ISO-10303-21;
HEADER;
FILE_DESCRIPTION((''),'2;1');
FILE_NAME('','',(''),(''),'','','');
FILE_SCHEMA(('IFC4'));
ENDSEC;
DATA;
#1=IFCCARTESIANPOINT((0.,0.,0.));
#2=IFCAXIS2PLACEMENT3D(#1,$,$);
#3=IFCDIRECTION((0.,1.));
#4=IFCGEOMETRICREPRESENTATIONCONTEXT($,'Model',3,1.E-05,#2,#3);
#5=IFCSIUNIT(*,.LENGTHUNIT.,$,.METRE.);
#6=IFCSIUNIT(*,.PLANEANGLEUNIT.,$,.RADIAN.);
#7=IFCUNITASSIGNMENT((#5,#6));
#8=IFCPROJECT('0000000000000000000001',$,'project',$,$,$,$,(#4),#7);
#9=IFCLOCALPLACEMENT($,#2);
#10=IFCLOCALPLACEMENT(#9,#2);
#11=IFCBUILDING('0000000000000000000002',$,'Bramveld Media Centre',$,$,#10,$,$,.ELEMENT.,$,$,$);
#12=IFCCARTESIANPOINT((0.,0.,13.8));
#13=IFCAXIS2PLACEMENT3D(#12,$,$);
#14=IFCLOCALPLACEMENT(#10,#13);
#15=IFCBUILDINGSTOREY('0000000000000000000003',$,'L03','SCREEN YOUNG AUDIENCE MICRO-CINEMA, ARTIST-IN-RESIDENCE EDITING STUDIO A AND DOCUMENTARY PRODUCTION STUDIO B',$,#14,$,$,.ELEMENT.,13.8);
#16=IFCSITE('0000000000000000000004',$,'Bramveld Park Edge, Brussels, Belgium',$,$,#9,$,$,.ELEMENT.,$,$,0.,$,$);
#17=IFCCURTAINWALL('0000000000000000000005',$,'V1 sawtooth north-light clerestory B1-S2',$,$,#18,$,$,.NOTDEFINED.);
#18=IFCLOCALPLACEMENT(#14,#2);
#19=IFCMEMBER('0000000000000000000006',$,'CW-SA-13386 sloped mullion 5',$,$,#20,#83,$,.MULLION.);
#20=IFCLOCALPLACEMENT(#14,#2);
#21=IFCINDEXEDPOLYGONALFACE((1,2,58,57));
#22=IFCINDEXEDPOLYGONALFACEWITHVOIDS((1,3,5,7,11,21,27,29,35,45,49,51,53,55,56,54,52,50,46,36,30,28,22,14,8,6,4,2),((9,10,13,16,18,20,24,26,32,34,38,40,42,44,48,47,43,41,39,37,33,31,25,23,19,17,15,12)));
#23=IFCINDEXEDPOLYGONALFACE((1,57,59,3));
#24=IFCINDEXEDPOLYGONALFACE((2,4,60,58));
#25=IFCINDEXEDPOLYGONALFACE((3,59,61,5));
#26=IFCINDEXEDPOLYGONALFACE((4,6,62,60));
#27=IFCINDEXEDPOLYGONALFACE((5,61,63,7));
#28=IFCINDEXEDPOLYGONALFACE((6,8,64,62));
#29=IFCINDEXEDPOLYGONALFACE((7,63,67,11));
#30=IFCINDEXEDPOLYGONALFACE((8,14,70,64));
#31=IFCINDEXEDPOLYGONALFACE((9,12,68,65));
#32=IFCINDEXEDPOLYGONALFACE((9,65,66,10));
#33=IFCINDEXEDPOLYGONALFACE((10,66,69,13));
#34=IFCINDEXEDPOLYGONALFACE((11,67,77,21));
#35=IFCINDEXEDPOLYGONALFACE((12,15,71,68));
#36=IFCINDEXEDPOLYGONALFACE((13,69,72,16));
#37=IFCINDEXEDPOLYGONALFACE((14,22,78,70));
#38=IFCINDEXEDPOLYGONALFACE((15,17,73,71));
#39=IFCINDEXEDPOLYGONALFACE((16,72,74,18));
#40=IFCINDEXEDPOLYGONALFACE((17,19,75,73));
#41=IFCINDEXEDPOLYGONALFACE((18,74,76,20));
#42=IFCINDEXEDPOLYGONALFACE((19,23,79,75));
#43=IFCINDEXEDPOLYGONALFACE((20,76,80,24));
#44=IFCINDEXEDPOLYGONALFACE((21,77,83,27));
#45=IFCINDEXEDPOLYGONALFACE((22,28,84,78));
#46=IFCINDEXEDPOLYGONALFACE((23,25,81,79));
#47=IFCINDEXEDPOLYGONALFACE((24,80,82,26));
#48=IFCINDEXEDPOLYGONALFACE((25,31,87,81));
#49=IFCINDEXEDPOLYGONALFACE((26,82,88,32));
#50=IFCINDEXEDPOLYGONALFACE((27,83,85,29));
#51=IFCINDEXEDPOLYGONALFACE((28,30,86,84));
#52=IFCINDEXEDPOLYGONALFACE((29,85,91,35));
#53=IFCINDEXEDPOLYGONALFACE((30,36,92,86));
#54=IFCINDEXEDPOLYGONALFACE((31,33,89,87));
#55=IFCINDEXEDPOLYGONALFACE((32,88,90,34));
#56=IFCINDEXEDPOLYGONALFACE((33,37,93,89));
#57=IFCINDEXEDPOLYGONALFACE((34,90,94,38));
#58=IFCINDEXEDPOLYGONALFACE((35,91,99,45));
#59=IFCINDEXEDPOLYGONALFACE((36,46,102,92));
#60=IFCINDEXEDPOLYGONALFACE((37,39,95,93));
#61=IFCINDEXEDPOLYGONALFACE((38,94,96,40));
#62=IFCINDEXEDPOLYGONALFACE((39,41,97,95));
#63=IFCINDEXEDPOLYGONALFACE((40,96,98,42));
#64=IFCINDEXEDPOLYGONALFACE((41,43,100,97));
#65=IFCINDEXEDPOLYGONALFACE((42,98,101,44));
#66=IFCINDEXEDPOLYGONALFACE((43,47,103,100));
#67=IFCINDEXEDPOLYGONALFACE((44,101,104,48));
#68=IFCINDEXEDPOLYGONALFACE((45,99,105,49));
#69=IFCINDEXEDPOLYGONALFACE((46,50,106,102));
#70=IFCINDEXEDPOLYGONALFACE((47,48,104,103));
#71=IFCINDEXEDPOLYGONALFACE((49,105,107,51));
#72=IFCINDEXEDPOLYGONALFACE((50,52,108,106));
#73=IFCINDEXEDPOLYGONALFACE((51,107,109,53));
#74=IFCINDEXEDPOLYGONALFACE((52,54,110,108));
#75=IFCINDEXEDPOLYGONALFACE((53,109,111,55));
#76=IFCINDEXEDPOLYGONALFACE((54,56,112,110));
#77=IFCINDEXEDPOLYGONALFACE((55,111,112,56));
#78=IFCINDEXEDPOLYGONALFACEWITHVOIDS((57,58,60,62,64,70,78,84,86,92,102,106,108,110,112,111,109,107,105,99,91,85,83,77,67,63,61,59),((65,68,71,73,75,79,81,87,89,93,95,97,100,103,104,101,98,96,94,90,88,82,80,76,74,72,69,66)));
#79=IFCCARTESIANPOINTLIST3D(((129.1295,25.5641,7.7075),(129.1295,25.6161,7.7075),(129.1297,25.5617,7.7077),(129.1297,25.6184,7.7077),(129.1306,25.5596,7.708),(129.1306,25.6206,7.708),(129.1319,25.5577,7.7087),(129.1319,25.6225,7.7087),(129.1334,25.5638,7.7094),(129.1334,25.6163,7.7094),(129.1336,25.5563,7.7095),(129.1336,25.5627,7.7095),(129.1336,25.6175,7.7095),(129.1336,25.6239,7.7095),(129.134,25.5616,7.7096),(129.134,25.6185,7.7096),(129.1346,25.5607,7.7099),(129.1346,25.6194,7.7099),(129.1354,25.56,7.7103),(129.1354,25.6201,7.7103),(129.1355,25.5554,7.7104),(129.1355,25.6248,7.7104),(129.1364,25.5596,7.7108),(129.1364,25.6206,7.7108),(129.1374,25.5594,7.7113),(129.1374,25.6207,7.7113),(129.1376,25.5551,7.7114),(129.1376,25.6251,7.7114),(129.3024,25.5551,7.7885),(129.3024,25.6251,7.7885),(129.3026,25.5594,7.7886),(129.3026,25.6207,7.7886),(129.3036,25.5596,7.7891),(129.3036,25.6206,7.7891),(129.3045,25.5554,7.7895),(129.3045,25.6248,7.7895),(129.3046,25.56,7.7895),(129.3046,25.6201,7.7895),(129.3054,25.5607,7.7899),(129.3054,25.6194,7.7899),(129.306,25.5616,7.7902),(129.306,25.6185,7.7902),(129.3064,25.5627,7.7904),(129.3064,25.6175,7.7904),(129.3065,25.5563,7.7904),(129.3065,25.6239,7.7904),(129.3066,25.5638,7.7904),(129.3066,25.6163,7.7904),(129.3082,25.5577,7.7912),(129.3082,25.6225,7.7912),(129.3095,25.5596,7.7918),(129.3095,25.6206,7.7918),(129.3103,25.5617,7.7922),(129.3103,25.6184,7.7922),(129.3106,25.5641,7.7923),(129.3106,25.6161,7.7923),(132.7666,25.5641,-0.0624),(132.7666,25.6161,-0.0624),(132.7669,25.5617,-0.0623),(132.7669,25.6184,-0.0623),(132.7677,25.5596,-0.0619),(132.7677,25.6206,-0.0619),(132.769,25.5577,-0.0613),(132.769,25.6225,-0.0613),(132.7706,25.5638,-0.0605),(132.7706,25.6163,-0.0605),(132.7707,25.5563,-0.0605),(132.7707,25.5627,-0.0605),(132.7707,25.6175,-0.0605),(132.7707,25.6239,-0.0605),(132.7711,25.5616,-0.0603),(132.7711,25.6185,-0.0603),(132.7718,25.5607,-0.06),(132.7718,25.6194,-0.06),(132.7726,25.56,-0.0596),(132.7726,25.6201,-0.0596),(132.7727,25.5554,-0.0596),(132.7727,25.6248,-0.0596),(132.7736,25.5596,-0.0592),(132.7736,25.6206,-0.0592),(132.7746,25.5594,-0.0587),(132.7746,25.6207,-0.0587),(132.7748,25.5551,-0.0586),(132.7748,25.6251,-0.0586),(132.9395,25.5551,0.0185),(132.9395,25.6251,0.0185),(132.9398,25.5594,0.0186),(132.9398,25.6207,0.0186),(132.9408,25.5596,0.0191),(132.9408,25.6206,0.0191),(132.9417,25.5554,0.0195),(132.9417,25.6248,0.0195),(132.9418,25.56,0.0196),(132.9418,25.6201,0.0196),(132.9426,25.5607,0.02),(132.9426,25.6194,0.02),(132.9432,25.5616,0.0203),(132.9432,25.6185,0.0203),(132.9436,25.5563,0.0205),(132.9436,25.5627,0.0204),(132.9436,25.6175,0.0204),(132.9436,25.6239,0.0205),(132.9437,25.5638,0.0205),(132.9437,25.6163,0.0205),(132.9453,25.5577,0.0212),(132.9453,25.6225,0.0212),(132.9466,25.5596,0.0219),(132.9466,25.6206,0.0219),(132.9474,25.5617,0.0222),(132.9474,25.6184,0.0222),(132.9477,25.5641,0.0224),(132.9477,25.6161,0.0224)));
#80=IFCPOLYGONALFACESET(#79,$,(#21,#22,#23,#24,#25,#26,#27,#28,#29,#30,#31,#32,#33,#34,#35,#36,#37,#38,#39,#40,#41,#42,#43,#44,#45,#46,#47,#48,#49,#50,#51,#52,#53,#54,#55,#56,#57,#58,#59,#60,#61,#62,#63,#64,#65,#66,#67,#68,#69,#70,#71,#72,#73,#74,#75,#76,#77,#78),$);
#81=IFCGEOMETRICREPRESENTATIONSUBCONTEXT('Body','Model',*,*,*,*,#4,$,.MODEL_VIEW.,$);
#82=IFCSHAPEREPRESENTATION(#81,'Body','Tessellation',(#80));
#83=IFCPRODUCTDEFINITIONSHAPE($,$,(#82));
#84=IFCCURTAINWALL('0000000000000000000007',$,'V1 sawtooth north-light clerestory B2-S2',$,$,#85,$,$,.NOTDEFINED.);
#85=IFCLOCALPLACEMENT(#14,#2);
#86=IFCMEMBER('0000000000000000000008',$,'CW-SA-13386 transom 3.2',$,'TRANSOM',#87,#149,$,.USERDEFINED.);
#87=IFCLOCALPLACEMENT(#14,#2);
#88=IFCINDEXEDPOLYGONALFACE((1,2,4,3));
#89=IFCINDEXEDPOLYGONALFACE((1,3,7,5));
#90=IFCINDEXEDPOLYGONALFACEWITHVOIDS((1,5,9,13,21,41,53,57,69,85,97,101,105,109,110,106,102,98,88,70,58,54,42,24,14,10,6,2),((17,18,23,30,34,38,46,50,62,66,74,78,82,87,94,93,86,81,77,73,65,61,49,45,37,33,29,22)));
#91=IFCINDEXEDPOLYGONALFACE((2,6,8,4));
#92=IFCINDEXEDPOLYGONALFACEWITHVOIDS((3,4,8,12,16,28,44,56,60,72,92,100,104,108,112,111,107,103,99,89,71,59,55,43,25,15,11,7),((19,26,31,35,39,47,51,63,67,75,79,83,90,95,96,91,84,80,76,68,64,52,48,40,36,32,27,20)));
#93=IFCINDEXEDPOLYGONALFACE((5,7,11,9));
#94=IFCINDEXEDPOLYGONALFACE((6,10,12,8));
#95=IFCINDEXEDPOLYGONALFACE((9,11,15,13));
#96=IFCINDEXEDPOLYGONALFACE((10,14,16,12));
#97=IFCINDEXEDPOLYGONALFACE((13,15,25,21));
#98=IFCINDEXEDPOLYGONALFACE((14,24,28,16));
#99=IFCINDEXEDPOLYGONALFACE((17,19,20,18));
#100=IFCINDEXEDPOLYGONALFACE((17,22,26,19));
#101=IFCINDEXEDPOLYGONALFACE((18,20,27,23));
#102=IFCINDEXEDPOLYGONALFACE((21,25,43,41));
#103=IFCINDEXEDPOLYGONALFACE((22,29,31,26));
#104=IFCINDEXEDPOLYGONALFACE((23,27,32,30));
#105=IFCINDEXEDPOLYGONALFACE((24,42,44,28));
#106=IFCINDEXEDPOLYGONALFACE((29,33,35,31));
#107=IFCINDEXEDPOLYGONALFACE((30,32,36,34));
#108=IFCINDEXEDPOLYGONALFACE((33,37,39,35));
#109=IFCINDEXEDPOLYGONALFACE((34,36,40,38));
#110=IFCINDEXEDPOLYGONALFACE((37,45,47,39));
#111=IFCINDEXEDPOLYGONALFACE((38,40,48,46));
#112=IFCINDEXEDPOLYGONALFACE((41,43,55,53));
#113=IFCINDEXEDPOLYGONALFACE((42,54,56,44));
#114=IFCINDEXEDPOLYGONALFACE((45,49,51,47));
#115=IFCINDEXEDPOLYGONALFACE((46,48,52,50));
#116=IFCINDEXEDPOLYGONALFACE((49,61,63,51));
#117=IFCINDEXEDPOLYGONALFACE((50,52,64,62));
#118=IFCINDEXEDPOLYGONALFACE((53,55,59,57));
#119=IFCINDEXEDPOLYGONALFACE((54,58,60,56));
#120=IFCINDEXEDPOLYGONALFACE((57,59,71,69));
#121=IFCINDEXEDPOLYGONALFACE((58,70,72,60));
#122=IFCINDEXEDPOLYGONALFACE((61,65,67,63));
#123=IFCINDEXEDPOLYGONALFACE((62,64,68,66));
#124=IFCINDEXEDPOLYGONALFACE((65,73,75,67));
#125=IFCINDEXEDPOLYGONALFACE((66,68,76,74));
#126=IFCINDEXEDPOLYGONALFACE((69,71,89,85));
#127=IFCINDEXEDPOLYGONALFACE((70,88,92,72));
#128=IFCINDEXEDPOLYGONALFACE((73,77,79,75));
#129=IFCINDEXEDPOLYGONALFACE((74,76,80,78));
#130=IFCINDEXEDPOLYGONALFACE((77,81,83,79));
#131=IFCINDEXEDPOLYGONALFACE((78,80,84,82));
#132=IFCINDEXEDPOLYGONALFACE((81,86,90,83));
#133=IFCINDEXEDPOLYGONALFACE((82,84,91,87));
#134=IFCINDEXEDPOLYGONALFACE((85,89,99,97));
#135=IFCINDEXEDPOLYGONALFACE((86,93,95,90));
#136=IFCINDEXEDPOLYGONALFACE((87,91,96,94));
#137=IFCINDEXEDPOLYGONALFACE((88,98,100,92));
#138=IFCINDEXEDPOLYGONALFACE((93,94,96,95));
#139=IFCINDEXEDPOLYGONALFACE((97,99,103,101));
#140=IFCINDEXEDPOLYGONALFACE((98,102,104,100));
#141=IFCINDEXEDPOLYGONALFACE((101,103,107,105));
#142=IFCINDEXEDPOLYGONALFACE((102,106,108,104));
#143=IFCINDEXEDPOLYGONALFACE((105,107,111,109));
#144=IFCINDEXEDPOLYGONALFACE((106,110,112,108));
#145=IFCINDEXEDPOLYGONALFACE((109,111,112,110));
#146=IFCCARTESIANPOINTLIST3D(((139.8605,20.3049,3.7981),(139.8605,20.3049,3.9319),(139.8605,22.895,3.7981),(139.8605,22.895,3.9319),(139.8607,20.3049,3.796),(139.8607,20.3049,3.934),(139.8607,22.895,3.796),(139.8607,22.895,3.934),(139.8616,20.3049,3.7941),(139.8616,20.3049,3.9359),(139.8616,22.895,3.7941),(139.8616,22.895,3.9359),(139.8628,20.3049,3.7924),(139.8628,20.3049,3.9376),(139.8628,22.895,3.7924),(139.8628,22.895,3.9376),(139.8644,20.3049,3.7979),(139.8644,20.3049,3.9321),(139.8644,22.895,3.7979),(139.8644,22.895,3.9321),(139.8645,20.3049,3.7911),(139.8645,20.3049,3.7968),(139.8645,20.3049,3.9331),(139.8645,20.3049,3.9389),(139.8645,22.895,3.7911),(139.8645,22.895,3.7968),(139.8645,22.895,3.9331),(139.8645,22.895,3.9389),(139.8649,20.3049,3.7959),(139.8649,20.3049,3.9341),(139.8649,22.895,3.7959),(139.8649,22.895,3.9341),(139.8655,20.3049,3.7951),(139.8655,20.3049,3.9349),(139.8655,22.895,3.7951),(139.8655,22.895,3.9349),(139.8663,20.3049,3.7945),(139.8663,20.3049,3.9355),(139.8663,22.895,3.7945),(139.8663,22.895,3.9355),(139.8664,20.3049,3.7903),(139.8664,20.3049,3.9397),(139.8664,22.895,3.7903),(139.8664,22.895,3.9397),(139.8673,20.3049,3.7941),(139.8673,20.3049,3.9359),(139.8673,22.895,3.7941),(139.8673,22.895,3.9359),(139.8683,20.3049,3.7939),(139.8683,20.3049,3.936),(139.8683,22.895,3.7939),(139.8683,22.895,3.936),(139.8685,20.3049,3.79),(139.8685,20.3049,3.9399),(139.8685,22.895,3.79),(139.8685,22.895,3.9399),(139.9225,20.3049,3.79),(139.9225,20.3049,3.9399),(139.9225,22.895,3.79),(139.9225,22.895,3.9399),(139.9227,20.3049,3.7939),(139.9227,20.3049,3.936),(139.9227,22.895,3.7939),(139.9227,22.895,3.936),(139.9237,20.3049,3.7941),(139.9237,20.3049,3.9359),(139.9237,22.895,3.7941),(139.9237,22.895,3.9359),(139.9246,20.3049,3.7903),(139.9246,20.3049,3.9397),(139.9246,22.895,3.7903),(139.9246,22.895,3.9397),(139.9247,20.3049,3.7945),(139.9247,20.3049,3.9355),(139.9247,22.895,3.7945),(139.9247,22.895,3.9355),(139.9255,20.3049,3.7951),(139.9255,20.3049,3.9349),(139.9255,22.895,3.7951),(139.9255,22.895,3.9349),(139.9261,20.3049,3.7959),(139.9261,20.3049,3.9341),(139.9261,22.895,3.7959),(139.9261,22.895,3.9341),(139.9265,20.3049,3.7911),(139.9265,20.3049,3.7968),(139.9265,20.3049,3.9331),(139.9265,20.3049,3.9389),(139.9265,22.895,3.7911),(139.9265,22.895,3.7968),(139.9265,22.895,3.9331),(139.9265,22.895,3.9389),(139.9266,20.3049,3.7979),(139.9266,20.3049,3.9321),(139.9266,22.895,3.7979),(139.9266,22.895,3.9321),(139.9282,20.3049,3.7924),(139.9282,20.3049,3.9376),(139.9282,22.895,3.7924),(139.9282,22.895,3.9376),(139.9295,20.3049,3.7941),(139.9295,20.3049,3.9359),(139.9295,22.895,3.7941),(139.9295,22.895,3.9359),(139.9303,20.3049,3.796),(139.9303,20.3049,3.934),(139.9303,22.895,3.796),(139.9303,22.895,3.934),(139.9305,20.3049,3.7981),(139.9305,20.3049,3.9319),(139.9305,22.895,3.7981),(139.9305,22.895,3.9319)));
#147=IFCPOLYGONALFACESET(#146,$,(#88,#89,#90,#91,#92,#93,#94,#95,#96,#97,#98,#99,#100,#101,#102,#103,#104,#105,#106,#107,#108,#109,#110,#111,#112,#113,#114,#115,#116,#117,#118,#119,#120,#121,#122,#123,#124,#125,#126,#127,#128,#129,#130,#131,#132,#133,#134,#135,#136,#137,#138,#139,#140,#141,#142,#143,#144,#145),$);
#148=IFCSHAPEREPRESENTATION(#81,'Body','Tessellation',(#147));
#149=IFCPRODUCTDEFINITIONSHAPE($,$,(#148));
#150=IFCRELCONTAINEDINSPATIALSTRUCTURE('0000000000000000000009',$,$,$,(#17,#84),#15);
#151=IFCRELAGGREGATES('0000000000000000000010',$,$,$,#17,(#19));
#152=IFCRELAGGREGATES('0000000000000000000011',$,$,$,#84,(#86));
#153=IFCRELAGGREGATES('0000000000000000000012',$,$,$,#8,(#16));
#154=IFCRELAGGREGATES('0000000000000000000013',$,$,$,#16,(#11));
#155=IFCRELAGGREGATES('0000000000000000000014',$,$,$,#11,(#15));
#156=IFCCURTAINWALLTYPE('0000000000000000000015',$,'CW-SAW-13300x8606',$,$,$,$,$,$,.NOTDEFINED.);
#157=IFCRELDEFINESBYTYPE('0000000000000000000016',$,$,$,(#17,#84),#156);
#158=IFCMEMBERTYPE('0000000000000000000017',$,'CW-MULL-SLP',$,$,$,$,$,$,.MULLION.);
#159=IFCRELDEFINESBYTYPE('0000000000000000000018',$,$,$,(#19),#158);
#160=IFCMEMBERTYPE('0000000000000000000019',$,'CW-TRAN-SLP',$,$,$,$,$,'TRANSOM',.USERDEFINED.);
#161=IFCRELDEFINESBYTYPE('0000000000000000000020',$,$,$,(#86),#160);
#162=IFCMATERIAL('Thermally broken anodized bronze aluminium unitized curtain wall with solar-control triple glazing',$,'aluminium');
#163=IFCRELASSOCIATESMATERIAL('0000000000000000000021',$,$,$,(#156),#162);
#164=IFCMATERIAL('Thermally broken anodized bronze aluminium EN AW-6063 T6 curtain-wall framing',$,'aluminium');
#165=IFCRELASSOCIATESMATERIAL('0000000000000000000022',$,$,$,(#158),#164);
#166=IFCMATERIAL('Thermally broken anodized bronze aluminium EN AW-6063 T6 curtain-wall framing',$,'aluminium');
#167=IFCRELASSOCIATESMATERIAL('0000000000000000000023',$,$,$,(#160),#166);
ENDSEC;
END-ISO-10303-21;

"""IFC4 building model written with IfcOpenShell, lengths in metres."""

from ifc_helpers import new_model, si_unit, direction, frame, origin, origin_2d, place, context, subcontext, project, spatial, hollow_rectangle, extrude, material, material_profile, profile_set, type_object, element, aggregate, save


model = new_model("IFC4")

# Units and contexts
model_context = context("Model", 3, precision=1e-05, world=origin(), true_north=direction((0.0, 1.0)))
body_context = subcontext(model_context, "Body", "Model", "MODEL_VIEW")
ifc_project = project(units=[si_unit("LENGTHUNIT", "METRE"), si_unit("PLANEANGLEUNIT", "RADIAN")], contexts=[model_context])

# Site, building, storey
site_placement = place(None, origin())
site = spatial("IfcSite", under=ifc_project, at=site_placement, Name="Bramveld Park Edge, Brussels, Belgium", CompositionType="ELEMENT", RefElevation=0.0)
building_placement = place(site_placement, origin())
building = spatial("IfcBuilding", under=site, at=building_placement, Name="Bramveld Media Centre", CompositionType="ELEMENT")
storey_placement = place(building_placement, frame((0.0, 0.0, 13.8)))
storey = spatial("IfcBuildingStorey", under=building, at=storey_placement, Name="L03", Description="SCREEN YOUNG AUDIENCE MICRO-CINEMA, ARTIST-IN-RESIDENCE EDITING STUDIO A AND DOCUMENTARY PRODUCTION STUDIO B", CompositionType="ELEMENT", Elevation=13.8)

# Curtain walls, members
ifc_material_1 = material(Name="Thermally broken anodized bronze aluminium unitized curtain wall with solar-control triple glazing", Category="aluminium")
curtain_wall_type = type_object("IfcCurtainWallType", Name="CW-SAW-13300x8606", PredefinedType="NOTDEFINED", material=ifc_material_1)
curtain_wall_1_placement = place(storey_placement, origin())
curtain_wall_1 = element("IfcCurtainWall", 1, at=curtain_wall_1_placement, inside=storey, type_object=curtain_wall_type, Name="V1 sawtooth north-light clerestory B1-S2", PredefinedType="NOTDEFINED")
ifc_material_2 = material(Name="Thermally broken anodized bronze aluminium EN AW-6063 T6 curtain-wall framing", Category="aluminium")
ifc_material_profile_1 = material_profile(ifc_material_2, hollow_rectangle(XDim=0.0701, YDim=0.2, WallThickness=0.0044, InnerFilletRadius=0.0044, OuterFilletRadius=0.009, at=origin_2d()), Name="AL-MULL 70x200")
ifc_profile_set_1 = profile_set([ifc_material_profile_1], Name="Thermally broken anodized bronze aluminium EN AW-6063 T6 curtain-wall framing")
member_type_1 = type_object("IfcMemberType", Name="CW-MULL-SLP", PredefinedType="MULLION", material=ifc_profile_set_1)
member_1_placement = place(storey_placement, frame((132.8572, 25.5901, -0.02), z_axis=(-0.423957, 0.0, 0.905682), x_axis=(0.0, -1.0, 0.0)))
member_1 = element("IfcMember", 2, at=member_1_placement, type_object=member_type_1, Name="CW-SA-13386 sloped mullion 5", PredefinedType="MULLION", context=body_context, shape_type="SweptSolid", body=[
    extrude(hollow_rectangle(XDim=0.0701, YDim=0.2, WallThickness=0.0044, InnerFilletRadius=0.0044, OuterFilletRadius=0.009, at=origin_2d()), origin(), (0.0, 0.0, 1.0), 8.5791),
])
aggregate(curtain_wall_1, [member_1])
curtain_wall_2_placement = place(storey_placement, origin())
curtain_wall_2 = element("IfcCurtainWall", 3, at=curtain_wall_2_placement, inside=storey, type_object=curtain_wall_type, Name="V1 sawtooth north-light clerestory B2-S2", PredefinedType="NOTDEFINED")
ifc_material_3 = material(Name="Thermally broken anodized bronze aluminium EN AW-6063 T6 curtain-wall framing", Category="aluminium")
ifc_material_profile_2 = material_profile(ifc_material_3, hollow_rectangle(XDim=0.0701, YDim=0.1499, WallThickness=0.0039, InnerFilletRadius=0.0039, OuterFilletRadius=0.0081, at=origin_2d()), Name="AL-TRAN 70x150")
ifc_profile_set_2 = profile_set([ifc_material_profile_2], Name="Thermally broken anodized bronze aluminium EN AW-6063 T6 curtain-wall framing")
member_type_2 = type_object("IfcMemberType", Name="CW-TRAN-SLP", ElementType="TRANSOM", PredefinedType="USERDEFINED", material=ifc_profile_set_2)
member_2_placement = place(storey_placement, frame((139.8955, 20.3049, 3.865), z_axis=(0.0, 1.0, 0.0), x_axis=(-1.0, 0.0, 0.0)))
member_2 = element("IfcMember", 4, at=member_2_placement, type_object=member_type_2, Name="CW-SA-13386 transom 3.2", ObjectType="TRANSOM", PredefinedType="USERDEFINED", context=body_context, shape_type="SweptSolid", body=[
    extrude(hollow_rectangle(XDim=0.0701, YDim=0.1499, WallThickness=0.0039, InnerFilletRadius=0.0039, OuterFilletRadius=0.0081, at=origin_2d()), origin(), (0.0, 0.0, 1.0), 2.5901),
])

aggregate(curtain_wall_2, [member_2])

save(model, "model.ifc")
